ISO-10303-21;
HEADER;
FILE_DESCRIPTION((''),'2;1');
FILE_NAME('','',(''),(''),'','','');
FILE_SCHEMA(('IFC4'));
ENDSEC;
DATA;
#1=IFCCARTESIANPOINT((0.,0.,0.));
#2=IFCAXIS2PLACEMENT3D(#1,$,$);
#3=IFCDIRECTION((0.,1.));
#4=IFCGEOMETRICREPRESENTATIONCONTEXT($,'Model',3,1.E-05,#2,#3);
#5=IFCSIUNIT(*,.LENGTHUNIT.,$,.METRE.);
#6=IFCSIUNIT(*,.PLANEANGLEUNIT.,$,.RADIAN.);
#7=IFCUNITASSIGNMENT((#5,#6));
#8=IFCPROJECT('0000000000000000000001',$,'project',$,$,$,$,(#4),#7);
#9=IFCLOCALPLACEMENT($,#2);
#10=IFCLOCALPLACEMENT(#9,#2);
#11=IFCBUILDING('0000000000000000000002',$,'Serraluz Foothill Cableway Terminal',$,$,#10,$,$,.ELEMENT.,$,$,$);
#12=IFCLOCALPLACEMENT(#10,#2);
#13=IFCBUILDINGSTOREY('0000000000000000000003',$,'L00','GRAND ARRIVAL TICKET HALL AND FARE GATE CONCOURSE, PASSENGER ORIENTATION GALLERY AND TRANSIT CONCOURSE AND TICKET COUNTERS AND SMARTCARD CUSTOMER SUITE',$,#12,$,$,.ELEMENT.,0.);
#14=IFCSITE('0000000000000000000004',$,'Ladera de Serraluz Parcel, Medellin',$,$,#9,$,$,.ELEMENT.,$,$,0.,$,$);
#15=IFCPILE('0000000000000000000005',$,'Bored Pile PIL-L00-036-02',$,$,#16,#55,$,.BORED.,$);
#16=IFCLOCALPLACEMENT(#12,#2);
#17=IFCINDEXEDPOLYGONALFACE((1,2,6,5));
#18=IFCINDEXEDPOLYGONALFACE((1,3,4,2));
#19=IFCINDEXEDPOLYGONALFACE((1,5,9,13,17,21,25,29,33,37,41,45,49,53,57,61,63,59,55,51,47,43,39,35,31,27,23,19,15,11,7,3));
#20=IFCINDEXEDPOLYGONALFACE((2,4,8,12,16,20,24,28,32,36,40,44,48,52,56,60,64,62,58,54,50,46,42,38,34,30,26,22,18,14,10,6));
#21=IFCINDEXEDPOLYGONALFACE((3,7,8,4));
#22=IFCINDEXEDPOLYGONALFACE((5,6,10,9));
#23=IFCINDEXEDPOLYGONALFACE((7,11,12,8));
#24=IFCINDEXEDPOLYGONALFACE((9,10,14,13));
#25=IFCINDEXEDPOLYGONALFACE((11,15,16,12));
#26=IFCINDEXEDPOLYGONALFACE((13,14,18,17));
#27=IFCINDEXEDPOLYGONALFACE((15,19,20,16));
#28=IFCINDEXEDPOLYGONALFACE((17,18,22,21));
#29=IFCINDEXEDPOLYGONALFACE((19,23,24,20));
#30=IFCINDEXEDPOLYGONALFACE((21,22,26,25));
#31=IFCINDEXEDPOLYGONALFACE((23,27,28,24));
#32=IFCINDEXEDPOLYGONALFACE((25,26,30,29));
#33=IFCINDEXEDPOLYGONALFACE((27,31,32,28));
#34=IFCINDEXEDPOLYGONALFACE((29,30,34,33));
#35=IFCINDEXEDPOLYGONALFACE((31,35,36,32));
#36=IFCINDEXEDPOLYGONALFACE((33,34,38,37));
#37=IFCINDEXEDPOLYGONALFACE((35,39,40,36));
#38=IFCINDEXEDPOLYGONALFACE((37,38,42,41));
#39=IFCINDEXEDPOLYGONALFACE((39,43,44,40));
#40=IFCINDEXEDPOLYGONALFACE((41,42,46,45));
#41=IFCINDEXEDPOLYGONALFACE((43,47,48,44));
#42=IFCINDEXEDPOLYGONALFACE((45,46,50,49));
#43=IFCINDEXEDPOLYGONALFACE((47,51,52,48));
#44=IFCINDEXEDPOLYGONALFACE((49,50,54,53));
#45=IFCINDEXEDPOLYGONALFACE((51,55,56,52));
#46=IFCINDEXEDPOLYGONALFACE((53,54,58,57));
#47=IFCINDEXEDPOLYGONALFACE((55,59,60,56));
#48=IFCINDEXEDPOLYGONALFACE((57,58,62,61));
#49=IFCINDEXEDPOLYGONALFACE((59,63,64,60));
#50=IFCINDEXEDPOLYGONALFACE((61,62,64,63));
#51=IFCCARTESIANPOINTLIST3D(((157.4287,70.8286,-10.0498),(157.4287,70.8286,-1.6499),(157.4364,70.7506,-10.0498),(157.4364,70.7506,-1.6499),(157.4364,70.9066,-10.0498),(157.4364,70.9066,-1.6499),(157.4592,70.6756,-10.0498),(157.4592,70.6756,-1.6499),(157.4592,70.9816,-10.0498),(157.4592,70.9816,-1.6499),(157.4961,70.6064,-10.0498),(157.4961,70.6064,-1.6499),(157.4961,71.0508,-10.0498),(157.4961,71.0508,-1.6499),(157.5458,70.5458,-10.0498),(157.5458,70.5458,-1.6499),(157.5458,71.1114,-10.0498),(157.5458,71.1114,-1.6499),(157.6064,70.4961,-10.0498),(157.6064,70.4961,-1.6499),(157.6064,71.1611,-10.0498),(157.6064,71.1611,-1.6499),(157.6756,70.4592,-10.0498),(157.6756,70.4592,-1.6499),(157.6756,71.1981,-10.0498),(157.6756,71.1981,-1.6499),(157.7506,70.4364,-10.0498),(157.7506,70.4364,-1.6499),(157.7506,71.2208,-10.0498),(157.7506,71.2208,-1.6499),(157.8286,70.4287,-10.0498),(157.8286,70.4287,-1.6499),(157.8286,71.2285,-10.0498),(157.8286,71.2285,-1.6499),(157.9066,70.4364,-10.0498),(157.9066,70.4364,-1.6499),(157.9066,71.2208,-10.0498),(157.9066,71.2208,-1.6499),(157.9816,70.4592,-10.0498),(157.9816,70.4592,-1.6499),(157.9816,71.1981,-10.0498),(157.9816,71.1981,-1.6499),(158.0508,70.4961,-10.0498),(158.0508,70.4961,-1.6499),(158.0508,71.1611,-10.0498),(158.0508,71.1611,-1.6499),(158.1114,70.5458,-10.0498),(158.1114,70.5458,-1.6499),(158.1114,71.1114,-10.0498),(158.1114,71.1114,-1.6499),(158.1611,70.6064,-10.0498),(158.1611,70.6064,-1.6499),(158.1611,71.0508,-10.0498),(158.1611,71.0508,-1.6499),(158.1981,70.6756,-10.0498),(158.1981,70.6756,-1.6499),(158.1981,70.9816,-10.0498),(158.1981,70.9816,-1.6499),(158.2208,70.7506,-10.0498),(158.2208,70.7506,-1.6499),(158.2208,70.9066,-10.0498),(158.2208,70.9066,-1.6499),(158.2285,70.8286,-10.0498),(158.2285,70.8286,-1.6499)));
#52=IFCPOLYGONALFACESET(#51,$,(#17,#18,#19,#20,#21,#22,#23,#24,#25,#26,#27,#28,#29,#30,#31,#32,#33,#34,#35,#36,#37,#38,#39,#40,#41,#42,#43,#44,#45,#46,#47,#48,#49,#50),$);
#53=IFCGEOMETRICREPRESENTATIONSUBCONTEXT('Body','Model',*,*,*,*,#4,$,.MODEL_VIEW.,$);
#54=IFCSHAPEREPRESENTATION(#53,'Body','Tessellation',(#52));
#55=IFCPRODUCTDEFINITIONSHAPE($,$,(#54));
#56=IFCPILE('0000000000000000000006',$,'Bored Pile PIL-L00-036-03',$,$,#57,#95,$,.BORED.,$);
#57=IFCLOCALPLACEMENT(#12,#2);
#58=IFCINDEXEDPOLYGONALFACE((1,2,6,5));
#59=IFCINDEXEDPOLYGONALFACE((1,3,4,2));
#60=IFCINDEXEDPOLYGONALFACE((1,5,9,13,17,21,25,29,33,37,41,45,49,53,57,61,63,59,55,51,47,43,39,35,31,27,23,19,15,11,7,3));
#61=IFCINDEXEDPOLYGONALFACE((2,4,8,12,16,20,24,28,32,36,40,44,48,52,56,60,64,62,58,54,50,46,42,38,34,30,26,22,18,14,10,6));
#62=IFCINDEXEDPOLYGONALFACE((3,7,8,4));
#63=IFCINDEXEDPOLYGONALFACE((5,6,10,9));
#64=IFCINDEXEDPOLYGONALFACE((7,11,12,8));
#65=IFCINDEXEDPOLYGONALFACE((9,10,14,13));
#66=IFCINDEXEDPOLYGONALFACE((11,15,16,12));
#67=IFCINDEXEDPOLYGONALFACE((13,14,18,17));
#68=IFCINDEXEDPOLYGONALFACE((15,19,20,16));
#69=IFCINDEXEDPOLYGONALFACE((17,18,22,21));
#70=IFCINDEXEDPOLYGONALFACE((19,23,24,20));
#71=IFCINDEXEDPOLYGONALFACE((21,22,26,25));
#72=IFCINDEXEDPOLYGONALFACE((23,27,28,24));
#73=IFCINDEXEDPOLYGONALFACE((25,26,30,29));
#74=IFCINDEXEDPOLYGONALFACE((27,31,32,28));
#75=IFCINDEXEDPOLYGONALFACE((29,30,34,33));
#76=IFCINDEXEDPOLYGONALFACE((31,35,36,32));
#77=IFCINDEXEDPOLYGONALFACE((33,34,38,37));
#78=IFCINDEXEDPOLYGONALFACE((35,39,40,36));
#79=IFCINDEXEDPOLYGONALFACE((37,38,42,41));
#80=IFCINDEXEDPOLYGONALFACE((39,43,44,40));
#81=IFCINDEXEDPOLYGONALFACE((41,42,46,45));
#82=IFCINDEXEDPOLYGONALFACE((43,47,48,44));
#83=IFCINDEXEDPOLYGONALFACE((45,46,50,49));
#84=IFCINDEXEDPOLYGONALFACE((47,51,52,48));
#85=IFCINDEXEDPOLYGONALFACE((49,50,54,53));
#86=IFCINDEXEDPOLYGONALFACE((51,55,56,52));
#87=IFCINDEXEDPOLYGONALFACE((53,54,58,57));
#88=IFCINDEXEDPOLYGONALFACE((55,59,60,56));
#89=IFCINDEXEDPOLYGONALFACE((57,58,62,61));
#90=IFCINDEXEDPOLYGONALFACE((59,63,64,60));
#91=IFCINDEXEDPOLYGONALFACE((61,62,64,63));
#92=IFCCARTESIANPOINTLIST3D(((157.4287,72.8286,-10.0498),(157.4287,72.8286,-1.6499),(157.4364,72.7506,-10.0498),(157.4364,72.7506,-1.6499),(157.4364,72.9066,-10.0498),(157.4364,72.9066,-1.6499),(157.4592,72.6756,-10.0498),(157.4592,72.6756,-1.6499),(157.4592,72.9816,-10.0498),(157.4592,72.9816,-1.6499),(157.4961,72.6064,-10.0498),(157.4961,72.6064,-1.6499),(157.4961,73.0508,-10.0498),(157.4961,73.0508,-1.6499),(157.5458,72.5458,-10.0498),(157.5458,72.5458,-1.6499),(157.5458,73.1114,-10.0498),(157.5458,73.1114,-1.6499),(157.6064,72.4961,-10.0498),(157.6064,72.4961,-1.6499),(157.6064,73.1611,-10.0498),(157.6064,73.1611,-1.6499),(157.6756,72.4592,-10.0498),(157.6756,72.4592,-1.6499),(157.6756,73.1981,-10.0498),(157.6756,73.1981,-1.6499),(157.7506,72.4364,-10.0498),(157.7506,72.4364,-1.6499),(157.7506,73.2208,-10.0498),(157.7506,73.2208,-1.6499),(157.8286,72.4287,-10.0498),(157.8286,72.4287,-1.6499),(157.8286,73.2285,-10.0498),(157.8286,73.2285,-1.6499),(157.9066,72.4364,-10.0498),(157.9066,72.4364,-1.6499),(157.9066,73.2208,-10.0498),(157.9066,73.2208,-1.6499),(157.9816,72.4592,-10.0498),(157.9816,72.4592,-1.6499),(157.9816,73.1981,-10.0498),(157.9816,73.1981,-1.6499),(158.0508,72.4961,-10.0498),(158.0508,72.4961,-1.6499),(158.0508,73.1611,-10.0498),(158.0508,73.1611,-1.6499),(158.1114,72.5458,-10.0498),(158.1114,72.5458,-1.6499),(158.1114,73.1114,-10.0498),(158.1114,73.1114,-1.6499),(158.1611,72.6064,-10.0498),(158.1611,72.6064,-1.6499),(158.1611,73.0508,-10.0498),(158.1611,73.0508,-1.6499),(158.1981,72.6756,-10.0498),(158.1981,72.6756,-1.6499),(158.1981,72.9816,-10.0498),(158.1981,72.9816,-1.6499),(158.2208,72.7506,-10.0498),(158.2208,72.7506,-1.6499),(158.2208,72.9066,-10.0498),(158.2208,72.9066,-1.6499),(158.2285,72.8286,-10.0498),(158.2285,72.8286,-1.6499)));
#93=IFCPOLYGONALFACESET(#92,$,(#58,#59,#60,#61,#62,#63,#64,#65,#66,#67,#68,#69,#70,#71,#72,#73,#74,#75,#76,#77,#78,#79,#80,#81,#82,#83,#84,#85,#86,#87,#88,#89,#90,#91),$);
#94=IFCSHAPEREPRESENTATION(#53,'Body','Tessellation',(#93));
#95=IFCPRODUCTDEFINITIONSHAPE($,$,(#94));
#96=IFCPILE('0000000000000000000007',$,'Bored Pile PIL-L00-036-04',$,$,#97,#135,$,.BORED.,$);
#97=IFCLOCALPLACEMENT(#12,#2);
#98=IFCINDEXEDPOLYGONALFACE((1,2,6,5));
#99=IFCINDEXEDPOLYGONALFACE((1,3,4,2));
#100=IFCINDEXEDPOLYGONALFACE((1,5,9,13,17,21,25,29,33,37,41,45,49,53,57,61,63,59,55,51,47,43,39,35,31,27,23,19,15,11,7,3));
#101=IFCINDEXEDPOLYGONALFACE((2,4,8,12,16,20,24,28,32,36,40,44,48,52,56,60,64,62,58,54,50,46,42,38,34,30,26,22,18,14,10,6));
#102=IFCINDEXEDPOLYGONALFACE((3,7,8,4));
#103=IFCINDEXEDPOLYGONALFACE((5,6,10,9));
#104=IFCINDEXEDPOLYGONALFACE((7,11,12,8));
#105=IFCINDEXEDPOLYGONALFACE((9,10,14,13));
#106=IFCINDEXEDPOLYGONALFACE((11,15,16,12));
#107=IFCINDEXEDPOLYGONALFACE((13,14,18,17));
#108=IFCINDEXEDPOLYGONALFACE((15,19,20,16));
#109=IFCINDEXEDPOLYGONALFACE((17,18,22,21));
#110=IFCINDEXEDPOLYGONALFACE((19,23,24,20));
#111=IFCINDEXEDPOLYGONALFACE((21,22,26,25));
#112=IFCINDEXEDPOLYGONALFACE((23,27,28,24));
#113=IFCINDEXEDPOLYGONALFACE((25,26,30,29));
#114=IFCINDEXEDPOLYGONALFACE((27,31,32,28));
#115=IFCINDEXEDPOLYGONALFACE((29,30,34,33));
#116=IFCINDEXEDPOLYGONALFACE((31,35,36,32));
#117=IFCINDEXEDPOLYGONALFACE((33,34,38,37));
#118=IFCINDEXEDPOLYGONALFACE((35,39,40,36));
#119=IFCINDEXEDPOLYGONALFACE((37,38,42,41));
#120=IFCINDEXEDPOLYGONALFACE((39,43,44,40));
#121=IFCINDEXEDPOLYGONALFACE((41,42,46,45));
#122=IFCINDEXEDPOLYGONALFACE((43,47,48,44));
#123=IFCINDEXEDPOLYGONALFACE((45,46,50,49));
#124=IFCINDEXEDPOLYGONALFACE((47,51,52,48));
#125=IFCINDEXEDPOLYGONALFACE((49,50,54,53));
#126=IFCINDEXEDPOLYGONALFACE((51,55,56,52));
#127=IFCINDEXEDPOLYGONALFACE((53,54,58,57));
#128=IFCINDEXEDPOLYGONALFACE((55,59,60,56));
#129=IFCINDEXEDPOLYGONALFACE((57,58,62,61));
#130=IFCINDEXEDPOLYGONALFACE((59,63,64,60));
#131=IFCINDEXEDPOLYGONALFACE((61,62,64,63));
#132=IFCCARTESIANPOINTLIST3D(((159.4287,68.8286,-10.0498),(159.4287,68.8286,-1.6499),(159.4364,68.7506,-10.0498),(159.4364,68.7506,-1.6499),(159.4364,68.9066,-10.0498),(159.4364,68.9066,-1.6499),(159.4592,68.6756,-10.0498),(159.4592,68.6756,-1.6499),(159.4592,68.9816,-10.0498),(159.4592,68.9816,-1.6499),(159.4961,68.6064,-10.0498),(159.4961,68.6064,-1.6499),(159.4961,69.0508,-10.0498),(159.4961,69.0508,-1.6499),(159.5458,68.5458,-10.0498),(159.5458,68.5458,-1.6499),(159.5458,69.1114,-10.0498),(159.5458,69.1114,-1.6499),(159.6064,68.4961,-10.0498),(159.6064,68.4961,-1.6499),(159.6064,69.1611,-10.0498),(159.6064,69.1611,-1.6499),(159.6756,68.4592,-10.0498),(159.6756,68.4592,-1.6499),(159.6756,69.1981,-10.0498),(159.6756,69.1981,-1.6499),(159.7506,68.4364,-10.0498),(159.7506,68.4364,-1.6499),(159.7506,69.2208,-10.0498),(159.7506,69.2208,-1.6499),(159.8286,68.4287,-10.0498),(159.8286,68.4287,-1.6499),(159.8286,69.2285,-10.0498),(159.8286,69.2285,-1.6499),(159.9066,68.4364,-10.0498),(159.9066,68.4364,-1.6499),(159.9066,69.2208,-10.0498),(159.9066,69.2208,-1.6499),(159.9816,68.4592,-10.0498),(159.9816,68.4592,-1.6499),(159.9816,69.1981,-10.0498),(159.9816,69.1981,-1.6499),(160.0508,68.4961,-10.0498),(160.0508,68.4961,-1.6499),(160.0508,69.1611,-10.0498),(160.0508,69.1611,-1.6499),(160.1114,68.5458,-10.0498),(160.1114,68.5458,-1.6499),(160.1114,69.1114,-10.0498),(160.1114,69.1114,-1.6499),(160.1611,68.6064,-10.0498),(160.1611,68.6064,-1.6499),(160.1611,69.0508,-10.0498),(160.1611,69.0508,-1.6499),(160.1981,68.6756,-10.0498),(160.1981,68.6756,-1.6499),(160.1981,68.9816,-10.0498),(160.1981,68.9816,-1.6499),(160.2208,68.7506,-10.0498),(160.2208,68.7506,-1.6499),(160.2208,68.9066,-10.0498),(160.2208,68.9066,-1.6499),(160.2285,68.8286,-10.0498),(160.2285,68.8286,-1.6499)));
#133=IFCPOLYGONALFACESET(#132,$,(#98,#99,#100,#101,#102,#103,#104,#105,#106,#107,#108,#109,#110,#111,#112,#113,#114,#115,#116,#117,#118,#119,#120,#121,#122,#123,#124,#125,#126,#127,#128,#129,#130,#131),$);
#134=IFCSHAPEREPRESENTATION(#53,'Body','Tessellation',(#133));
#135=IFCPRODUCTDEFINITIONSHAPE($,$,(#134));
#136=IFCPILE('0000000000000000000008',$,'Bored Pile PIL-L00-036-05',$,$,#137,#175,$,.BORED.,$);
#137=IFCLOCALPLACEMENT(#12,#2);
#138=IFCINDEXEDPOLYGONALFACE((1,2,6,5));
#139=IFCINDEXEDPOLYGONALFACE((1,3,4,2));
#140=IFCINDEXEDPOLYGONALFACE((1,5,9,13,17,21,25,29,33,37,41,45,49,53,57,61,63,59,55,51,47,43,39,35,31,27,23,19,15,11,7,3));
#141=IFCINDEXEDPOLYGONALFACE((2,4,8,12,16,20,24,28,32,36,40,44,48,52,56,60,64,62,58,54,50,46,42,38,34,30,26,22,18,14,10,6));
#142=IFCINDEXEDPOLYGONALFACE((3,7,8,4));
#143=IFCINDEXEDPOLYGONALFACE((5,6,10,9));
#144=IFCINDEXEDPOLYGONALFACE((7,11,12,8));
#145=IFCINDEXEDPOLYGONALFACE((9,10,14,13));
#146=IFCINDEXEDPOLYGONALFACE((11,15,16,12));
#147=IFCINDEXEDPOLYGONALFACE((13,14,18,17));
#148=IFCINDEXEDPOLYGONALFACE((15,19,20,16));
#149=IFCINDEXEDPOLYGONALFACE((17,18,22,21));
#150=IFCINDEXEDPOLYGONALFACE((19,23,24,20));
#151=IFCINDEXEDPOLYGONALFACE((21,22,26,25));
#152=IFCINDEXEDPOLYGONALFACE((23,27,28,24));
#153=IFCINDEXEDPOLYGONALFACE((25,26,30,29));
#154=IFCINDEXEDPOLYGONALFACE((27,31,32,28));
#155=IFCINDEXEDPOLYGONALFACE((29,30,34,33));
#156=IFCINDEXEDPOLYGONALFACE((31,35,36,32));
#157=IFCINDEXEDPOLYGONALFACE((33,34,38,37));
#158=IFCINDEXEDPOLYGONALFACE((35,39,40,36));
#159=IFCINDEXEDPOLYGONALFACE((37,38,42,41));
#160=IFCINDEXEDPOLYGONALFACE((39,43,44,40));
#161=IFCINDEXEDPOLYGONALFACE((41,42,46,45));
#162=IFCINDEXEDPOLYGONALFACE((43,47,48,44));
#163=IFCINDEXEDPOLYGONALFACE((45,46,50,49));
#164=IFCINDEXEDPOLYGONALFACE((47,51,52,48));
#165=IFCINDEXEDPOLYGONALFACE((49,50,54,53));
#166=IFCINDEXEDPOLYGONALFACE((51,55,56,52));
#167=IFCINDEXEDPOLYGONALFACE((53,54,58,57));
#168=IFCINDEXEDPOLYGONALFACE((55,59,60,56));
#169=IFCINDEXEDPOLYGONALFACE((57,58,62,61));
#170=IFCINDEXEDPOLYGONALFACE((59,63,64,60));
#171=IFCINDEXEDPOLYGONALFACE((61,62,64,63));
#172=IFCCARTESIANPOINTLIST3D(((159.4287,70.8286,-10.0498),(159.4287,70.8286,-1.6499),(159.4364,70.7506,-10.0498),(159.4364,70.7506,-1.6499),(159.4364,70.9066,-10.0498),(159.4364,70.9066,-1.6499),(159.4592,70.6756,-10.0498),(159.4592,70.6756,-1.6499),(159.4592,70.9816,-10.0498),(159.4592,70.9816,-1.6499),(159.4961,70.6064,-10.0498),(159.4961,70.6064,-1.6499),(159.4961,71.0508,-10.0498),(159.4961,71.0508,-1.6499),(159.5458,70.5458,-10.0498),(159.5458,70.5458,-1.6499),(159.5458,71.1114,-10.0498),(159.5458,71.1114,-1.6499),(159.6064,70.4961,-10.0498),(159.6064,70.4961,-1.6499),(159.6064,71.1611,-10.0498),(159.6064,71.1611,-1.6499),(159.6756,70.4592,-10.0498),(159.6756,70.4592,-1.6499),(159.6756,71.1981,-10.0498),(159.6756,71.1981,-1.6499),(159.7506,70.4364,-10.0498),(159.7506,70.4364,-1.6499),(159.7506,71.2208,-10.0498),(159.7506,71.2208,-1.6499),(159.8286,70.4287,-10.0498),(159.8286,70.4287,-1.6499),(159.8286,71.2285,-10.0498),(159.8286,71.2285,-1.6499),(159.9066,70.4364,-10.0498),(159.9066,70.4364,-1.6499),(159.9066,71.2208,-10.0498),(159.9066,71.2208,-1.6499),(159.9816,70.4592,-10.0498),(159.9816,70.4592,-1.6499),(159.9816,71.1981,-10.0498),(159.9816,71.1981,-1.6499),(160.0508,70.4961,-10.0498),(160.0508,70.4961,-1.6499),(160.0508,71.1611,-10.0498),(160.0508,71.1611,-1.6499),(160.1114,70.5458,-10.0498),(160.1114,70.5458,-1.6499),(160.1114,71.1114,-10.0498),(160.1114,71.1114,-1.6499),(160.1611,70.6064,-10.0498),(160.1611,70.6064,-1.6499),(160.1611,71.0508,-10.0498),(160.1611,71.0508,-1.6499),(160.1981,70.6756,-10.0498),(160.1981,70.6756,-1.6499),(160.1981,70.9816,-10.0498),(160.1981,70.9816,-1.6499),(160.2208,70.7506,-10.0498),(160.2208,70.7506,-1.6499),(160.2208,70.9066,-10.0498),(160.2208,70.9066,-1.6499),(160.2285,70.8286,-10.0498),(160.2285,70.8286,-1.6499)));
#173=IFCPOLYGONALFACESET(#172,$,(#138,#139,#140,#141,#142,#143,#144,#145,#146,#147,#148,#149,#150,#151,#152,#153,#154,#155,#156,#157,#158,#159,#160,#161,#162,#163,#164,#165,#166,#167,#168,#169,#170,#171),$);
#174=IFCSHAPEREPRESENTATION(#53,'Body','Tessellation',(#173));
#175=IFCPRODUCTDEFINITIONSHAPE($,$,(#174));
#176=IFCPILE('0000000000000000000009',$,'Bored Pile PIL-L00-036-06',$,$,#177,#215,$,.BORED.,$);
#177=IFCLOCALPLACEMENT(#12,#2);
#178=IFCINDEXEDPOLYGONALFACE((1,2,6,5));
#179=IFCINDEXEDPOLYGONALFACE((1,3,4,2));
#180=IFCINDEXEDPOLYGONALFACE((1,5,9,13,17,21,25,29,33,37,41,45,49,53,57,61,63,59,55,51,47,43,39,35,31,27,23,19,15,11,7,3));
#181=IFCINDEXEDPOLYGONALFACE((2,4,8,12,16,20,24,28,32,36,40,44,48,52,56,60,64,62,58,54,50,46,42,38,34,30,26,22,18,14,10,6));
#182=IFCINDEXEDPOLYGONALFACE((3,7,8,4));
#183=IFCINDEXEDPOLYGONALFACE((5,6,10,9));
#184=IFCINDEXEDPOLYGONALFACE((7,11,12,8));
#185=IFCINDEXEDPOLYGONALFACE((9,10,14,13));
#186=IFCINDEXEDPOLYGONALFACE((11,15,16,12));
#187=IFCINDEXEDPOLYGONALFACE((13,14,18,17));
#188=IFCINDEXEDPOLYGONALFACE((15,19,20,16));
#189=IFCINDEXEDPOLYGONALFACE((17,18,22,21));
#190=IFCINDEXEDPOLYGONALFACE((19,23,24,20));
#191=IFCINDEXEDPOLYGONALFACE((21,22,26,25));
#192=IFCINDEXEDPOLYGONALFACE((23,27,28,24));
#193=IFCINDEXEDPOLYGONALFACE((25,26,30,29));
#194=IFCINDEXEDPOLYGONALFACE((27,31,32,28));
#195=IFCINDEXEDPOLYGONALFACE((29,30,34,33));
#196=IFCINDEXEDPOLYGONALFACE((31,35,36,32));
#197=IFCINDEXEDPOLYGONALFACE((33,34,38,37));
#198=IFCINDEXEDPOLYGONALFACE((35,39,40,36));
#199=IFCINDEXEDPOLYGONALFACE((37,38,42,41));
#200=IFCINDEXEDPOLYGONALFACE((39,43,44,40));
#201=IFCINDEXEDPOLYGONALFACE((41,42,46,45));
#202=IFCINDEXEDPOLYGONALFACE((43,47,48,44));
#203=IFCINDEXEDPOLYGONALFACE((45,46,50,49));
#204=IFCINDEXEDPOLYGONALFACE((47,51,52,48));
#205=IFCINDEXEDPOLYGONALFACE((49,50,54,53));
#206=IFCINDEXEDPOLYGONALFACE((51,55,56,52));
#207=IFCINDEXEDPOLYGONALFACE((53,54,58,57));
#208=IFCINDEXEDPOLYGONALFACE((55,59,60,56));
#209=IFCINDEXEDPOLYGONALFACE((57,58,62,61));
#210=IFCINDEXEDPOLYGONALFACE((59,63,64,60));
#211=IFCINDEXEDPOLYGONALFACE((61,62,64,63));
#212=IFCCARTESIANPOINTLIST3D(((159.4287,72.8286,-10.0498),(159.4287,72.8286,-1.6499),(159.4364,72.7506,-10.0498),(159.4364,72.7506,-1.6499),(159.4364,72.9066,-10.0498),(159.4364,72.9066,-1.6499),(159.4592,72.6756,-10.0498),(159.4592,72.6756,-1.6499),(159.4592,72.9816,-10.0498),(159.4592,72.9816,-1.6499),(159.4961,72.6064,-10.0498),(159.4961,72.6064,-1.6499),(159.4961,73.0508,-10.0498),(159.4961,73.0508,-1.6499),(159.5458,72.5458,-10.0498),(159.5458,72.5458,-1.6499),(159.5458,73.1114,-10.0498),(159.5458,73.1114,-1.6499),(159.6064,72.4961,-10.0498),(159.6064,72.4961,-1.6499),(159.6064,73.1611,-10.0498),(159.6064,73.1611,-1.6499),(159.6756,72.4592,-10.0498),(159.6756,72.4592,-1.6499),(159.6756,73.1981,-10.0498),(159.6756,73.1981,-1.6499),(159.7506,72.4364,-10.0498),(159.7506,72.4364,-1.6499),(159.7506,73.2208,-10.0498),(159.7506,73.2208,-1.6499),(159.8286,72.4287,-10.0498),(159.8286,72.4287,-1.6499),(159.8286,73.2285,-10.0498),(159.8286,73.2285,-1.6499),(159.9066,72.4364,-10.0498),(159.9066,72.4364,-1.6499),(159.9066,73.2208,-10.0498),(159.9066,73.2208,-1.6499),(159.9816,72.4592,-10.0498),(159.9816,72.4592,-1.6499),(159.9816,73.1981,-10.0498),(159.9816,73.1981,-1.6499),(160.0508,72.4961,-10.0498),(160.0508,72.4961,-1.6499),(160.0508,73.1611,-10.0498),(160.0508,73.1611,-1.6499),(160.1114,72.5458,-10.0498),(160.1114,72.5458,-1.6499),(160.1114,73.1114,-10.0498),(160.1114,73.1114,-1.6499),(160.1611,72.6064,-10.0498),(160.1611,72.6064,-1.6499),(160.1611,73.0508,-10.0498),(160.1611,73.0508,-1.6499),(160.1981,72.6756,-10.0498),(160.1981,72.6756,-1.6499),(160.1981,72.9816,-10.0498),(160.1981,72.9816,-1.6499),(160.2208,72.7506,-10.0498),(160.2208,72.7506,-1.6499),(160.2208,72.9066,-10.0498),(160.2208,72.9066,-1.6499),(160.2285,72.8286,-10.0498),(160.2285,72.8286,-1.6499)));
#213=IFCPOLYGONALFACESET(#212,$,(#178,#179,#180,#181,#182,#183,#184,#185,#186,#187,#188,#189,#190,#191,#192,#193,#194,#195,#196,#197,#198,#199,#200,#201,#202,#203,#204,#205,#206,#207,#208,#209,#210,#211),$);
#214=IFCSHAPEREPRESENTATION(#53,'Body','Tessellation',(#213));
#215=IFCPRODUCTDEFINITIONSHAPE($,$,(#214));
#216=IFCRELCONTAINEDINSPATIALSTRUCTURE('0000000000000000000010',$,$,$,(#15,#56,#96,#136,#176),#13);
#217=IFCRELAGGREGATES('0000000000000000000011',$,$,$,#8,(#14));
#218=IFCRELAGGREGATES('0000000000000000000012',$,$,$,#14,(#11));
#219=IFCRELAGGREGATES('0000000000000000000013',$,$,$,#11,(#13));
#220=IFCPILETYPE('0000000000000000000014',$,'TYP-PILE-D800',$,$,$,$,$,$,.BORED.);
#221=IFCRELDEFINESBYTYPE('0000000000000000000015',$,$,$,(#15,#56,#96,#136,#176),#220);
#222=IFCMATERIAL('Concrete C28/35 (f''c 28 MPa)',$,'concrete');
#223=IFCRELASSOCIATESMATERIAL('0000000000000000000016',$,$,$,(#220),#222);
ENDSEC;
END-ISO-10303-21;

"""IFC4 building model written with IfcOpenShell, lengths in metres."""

from ifc_helpers import new_model, si_unit, direction, frame, origin, origin_2d, place, context, subcontext, project, spatial, circle, extrude, material, material_profile, profile_set, type_object, element, save


model = new_model("IFC4")

# Units and contexts
model_context = context("Model", 3, precision=1e-05, world=origin(), true_north=direction((0.0, 1.0)))
body_context = subcontext(model_context, "Body", "Model", "MODEL_VIEW")
ifc_project = project(units=[si_unit("LENGTHUNIT", "METRE"), si_unit("PLANEANGLEUNIT", "RADIAN")], contexts=[model_context])

# Site, building, storey
site_placement = place(None, origin())
site = spatial("IfcSite", under=ifc_project, at=site_placement, Name="Ladera de Serraluz Parcel, Medellin", CompositionType="ELEMENT", RefElevation=0.0)
building_placement = place(site_placement, origin())
building = spatial("IfcBuilding", under=site, at=building_placement, Name="Serraluz Foothill Cableway Terminal", CompositionType="ELEMENT")
storey_placement = place(building_placement, origin())
storey = spatial("IfcBuildingStorey", under=building, at=storey_placement, Name="L00", Description="GRAND ARRIVAL TICKET HALL AND FARE GATE CONCOURSE, PASSENGER ORIENTATION GALLERY AND TRANSIT CONCOURSE AND TICKET COUNTERS AND SMARTCARD CUSTOMER SUITE", CompositionType="ELEMENT", Elevation=0.0)

# Piles
ifc_material_1 = material(Name="Concrete C28/35 (f'c 28 MPa)", Category="concrete")
ifc_material_profile_1 = material_profile(ifc_material_1, circle(Radius=0.3999, at=origin_2d()), Name="BORED PILE D800")
ifc_profile_set_1 = profile_set([ifc_material_profile_1], Name="Concrete C28/35 (f'c 28 MPa)")
pile_type_1 = type_object("IfcPileType", Name="TYP-PILE-D800", PredefinedType="BORED", material=ifc_profile_set_1)
for number, where, z_axis, x_axis, name in (
    (1, (157.8286, 70.8286, -1.6499), (0.0, 0.0, -1.0), (1.0, 0.0, 0.0), "Bored Pile PIL-L00-036-02"),
    (2, (157.8286, 72.8286, -1.6499), (0.0, 0.0, -1.0), (1.0, 0.0, 0.0), "Bored Pile PIL-L00-036-03"),
    (3, (159.8286, 68.8286, -1.6499), (0.0, 0.0, -1.0), (1.0, 0.0, 0.0), "Bored Pile PIL-L00-036-04"),
    (4, (159.8286, 70.8286, -1.6499), (0.0, 0.0, -1.0), (1.0, 0.0, 0.0), "Bored Pile PIL-L00-036-05"),
    (5, (159.8286, 72.8286, -1.6499), (0.0, 0.0, -1.0), (1.0, 0.0, 0.0), "Bored Pile PIL-L00-036-06"),
):
    element("IfcPile", number, at=place(storey_placement, frame(where, z_axis=z_axis, x_axis=x_axis)), inside=storey, type_object=pile_type_1, Name=name, PredefinedType="BORED", context=body_context, shape_type="SweptSolid", body=[
        extrude(circle(Radius=0.3999, at=origin_2d()), origin(), (0.0, 0.0, 1.0), 8.3999),
    ])

save(model, "model.ifc")
